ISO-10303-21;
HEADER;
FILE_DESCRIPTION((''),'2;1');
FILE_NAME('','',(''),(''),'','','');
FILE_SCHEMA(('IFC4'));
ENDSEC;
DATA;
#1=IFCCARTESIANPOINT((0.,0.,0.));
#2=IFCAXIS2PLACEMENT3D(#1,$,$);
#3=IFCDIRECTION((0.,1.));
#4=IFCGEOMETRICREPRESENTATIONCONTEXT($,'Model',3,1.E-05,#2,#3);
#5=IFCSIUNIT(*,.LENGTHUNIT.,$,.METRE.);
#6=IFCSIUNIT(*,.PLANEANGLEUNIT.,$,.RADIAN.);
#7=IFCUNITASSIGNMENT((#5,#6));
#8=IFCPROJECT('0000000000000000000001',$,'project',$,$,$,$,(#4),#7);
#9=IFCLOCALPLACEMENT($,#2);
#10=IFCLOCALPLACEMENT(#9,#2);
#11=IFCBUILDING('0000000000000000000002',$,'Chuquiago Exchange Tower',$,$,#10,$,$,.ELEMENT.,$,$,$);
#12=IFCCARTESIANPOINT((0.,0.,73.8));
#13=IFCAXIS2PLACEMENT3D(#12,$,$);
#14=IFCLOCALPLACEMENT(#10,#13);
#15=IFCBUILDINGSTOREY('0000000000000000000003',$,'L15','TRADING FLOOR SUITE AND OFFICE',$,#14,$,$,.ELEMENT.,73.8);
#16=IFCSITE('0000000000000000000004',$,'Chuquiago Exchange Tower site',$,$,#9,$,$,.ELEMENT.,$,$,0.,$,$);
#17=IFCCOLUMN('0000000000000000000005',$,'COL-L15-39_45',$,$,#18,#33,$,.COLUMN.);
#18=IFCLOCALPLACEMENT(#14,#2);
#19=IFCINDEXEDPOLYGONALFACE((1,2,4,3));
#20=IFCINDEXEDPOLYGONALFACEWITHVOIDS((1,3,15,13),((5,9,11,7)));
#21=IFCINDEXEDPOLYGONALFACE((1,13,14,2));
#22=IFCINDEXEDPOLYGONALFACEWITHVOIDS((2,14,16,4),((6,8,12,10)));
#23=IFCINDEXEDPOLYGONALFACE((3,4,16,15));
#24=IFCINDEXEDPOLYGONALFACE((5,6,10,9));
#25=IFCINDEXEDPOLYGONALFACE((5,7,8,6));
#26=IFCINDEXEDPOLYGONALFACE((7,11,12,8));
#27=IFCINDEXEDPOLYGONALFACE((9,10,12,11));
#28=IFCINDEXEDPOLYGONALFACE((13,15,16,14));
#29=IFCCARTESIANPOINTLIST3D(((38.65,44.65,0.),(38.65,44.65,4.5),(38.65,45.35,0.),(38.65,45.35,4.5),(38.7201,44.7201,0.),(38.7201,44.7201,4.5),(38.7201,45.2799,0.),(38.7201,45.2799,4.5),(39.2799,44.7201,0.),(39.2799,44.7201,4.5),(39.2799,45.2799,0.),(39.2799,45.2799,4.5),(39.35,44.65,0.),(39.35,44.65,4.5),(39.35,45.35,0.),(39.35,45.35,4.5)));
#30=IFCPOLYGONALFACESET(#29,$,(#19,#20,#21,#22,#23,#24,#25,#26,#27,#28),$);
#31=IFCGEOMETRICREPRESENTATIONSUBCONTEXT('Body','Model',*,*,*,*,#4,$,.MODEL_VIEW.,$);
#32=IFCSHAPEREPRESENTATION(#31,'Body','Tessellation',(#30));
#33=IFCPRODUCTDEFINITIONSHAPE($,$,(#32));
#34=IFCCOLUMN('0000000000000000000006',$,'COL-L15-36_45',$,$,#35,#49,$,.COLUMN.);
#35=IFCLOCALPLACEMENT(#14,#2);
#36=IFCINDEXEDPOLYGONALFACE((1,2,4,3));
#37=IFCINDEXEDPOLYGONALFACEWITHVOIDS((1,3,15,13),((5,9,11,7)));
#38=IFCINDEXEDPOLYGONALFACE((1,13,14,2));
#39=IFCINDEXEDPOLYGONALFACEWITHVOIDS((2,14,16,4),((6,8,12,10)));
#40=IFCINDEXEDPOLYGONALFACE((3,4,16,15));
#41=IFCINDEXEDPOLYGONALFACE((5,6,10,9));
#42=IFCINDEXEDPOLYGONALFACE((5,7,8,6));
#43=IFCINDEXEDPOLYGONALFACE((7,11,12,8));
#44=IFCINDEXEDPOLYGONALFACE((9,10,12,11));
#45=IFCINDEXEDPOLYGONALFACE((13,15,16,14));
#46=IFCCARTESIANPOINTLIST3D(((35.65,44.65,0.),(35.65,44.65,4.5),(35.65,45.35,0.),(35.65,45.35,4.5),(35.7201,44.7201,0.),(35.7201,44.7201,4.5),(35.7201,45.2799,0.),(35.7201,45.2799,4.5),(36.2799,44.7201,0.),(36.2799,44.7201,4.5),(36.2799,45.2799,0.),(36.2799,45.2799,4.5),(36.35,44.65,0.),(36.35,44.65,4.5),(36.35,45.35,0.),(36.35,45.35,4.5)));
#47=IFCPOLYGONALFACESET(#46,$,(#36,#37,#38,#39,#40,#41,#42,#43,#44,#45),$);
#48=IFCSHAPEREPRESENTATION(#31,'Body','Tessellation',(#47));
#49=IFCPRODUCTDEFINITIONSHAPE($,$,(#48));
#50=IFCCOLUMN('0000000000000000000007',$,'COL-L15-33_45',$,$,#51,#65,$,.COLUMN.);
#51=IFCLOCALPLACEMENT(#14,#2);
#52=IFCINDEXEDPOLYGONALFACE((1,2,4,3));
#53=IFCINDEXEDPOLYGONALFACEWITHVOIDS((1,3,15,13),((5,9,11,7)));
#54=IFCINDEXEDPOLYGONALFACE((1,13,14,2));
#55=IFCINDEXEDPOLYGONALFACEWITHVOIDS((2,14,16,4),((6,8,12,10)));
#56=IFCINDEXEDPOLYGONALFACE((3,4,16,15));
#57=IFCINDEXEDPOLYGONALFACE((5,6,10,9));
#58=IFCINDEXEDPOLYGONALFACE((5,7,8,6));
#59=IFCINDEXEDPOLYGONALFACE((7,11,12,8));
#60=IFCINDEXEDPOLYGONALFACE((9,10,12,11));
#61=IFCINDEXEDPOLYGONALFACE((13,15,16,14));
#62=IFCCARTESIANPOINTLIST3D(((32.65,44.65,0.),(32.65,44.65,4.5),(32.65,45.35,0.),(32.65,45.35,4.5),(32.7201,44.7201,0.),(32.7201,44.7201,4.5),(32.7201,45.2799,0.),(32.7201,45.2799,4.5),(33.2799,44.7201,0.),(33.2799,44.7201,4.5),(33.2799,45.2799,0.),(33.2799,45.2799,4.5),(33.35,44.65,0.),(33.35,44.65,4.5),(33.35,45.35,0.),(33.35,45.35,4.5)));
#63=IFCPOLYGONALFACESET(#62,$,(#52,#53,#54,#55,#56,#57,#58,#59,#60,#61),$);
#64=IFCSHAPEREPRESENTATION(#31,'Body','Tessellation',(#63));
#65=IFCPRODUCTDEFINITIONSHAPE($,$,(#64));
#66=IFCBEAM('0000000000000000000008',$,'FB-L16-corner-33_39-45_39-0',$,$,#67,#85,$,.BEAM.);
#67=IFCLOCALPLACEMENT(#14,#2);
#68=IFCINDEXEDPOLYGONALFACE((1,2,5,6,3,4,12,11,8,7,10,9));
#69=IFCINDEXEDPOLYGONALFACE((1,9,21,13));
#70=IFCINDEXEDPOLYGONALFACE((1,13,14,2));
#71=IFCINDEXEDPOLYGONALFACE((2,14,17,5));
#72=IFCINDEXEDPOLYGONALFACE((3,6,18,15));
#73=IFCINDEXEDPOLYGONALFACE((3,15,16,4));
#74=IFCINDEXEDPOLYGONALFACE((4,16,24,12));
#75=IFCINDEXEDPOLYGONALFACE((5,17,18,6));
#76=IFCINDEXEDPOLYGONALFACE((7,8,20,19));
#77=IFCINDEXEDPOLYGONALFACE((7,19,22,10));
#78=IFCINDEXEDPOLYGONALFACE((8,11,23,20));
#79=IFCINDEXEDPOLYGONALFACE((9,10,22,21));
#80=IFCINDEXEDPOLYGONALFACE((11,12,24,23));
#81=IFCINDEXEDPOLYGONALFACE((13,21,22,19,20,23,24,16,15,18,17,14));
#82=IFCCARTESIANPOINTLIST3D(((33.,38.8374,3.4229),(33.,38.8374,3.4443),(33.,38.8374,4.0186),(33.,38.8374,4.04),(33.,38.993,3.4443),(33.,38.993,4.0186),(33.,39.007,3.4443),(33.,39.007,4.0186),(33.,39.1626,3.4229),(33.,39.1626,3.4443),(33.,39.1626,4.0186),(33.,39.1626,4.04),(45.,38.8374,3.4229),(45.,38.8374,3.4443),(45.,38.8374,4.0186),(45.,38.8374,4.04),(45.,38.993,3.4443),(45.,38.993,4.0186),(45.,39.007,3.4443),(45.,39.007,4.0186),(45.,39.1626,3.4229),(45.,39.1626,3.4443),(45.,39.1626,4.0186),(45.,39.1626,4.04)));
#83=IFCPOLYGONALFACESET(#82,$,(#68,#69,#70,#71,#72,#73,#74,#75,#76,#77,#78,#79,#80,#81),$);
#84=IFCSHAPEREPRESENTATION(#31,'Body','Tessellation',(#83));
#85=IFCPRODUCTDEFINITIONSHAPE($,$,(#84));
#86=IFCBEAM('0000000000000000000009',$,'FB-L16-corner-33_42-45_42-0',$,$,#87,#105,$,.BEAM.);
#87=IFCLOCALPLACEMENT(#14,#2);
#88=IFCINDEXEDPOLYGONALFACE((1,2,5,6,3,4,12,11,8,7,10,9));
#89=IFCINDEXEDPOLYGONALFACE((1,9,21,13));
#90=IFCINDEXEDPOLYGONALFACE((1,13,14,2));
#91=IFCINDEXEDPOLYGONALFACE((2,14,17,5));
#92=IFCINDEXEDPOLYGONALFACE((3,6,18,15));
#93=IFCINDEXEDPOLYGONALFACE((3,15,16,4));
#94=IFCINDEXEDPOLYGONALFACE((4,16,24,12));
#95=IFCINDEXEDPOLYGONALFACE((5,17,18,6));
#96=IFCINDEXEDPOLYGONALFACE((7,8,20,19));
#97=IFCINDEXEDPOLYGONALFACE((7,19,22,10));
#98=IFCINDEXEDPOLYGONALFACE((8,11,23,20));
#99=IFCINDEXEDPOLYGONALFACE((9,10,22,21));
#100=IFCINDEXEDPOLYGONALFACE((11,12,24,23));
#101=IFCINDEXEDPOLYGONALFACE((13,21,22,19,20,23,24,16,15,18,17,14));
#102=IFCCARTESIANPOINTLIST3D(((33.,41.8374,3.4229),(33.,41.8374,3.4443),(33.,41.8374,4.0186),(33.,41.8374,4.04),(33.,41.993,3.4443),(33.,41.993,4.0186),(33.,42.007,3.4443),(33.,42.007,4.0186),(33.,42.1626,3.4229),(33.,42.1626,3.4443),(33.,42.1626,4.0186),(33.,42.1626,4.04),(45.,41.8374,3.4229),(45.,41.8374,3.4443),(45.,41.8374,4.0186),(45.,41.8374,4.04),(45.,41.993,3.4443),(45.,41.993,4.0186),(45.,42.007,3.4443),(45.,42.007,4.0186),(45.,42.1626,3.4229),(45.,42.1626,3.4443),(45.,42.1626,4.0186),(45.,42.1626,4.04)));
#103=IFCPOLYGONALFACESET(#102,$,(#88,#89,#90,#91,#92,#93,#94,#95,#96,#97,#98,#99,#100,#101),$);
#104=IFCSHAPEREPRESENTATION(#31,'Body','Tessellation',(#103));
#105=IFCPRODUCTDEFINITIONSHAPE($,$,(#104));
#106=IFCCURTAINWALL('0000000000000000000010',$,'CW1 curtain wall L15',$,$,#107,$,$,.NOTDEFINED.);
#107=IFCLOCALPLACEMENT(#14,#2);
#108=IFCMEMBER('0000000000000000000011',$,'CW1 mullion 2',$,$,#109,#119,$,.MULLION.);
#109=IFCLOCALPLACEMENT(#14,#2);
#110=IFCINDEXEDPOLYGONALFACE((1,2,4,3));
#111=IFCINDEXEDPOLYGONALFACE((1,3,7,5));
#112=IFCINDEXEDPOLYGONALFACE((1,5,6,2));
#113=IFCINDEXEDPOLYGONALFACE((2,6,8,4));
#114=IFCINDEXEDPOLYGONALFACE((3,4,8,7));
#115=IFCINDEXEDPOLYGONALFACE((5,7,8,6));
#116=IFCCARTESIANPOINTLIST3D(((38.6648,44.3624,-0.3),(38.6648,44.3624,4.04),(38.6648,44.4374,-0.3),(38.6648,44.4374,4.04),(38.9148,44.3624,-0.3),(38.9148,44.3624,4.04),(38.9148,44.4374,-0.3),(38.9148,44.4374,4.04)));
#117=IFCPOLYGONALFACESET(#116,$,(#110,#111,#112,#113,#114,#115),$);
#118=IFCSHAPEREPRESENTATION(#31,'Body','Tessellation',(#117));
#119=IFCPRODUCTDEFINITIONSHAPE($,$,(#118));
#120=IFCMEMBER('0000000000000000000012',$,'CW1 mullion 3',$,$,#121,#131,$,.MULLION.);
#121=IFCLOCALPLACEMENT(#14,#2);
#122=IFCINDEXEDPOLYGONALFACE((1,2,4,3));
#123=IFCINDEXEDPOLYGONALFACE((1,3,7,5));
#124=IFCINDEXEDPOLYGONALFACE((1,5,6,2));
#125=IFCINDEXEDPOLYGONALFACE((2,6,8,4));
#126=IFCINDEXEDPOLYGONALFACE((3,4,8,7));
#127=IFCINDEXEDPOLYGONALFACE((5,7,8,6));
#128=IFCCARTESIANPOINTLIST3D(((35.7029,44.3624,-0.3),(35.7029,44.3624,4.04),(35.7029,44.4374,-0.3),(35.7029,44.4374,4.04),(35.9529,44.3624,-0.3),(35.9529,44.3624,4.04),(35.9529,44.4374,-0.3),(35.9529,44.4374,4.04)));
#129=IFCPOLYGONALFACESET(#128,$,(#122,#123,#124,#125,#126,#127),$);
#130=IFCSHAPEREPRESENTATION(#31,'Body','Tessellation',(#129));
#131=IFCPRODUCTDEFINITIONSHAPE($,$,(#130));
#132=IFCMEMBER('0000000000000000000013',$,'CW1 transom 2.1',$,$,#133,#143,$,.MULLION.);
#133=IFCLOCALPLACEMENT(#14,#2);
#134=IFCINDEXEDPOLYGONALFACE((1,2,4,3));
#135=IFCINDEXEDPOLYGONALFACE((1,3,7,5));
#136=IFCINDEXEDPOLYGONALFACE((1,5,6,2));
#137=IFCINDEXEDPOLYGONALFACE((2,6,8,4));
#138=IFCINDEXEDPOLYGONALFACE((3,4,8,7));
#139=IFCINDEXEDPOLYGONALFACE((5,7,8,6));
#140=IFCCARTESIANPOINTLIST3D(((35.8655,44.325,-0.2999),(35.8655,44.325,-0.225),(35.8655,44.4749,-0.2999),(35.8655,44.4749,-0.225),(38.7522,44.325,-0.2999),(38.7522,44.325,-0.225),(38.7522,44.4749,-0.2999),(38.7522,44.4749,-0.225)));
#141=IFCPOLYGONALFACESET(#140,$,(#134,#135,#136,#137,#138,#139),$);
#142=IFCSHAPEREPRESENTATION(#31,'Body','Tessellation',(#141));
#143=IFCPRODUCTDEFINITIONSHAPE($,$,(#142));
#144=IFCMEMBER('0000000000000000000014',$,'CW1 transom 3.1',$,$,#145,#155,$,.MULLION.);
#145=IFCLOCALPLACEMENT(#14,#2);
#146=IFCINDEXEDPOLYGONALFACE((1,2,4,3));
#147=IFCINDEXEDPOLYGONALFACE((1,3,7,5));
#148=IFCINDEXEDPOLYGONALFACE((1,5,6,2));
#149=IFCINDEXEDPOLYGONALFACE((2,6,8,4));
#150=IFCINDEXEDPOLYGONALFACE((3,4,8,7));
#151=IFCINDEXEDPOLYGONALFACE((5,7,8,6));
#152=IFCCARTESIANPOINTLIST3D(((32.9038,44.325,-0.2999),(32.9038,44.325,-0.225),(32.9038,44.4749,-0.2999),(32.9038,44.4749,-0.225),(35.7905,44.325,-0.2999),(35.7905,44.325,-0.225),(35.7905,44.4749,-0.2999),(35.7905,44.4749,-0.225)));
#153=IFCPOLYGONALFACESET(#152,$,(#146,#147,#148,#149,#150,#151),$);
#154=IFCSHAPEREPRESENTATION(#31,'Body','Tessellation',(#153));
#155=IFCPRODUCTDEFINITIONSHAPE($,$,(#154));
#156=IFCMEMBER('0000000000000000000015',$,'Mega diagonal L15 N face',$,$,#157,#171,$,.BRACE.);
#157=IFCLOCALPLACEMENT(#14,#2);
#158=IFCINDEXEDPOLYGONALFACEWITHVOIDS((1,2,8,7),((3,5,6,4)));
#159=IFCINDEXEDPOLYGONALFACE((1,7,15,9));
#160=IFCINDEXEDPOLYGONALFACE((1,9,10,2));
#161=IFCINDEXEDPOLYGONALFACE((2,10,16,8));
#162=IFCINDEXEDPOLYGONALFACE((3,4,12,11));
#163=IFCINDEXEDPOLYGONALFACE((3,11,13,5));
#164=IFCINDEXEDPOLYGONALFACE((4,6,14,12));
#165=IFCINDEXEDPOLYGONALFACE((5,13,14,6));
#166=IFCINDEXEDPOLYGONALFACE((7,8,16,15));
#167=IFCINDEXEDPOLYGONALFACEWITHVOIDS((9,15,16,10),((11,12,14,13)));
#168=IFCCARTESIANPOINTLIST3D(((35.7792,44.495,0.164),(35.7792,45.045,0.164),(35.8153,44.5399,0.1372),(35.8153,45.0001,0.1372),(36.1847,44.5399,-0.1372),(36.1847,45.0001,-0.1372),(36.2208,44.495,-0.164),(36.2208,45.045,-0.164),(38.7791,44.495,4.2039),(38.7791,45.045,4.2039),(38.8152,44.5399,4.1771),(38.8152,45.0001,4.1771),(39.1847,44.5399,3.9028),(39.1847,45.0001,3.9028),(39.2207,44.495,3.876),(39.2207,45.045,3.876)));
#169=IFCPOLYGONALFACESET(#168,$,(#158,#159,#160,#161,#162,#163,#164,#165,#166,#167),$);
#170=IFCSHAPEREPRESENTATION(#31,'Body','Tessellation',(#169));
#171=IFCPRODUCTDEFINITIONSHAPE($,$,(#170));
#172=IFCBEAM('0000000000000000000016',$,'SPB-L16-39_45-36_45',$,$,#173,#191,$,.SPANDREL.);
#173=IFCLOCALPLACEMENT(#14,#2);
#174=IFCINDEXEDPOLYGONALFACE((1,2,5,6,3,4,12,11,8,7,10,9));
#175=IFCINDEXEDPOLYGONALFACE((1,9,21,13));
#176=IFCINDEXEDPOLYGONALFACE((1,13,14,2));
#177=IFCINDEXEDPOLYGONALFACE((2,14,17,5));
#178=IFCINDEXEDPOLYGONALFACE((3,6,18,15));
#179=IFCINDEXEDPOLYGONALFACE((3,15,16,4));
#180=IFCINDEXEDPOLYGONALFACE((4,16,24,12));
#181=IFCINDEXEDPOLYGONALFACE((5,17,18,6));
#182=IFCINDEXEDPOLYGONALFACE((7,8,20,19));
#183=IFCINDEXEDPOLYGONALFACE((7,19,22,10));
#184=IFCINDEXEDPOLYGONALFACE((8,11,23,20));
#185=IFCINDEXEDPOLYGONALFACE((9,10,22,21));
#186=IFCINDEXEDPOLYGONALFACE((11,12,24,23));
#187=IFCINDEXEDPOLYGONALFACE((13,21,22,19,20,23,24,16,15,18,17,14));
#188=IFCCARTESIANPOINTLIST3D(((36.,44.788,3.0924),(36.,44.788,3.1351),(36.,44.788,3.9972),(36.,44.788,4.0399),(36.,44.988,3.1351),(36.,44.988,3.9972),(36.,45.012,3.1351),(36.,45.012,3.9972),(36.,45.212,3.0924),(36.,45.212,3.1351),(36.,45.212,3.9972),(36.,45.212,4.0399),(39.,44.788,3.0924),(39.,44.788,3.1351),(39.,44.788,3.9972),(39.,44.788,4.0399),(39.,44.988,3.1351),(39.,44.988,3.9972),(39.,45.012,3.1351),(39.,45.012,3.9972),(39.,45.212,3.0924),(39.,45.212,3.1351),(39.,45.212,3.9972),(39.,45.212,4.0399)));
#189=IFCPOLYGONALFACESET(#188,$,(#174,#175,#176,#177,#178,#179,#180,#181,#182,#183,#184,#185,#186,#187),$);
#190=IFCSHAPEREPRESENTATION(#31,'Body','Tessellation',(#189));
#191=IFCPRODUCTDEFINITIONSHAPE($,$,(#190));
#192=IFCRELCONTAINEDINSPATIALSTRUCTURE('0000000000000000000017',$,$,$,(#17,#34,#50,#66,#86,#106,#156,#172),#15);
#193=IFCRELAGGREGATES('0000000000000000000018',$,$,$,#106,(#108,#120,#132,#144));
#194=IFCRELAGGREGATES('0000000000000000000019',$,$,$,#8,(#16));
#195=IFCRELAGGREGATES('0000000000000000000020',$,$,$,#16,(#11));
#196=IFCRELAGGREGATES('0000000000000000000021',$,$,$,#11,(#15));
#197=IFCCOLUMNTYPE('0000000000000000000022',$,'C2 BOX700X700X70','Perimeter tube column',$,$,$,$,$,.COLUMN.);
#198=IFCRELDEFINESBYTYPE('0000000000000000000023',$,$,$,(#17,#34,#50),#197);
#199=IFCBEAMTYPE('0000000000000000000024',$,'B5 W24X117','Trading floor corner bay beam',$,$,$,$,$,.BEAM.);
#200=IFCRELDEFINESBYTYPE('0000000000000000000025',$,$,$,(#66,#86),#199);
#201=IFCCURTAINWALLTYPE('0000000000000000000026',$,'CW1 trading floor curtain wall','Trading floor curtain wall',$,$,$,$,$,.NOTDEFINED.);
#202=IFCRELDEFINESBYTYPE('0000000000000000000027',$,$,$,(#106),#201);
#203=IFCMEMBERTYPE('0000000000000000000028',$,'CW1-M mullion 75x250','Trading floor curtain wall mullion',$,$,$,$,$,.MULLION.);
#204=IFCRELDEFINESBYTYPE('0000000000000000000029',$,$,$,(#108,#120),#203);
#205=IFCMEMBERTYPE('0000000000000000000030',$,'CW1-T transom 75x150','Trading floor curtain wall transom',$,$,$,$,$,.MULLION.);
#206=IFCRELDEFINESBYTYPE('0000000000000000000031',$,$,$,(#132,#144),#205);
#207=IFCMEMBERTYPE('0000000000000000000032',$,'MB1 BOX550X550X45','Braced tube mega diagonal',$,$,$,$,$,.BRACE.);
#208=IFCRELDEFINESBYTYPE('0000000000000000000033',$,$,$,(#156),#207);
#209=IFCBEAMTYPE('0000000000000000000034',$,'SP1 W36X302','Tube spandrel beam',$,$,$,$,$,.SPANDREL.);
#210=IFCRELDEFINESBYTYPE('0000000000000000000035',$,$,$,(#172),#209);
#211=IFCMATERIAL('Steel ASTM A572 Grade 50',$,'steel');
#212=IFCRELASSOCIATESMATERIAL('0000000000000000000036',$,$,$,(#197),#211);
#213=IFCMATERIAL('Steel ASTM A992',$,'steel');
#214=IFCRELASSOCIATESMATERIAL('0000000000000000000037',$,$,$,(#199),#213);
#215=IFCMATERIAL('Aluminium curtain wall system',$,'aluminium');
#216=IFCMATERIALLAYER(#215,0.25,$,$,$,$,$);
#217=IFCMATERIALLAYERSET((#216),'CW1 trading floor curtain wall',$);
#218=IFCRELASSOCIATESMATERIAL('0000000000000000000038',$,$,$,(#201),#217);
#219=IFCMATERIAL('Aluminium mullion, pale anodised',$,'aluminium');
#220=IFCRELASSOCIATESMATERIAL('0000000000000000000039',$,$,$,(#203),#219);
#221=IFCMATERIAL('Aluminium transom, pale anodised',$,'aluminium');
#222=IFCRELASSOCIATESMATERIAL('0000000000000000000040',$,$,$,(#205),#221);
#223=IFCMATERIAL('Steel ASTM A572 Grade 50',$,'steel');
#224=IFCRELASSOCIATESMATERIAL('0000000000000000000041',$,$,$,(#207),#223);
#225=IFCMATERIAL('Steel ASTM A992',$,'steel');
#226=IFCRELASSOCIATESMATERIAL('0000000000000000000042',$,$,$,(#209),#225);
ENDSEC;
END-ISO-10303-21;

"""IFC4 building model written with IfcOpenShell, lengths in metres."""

from ifc_helpers import new_model, si_unit, direction, frame, origin, origin_2d, place, context, subcontext, project, spatial, rectangle, hollow_rectangle, i_section, extrude, material, layer, layer_set, material_profile, profile_set, type_object, element, aggregate, save


model = new_model("IFC4")

# Units and contexts
model_context = context("Model", 3, precision=1e-05, world=origin(), true_north=direction((0.0, 1.0)))
body_context = subcontext(model_context, "Body", "Model", "MODEL_VIEW")
ifc_project = project(units=[si_unit("LENGTHUNIT", "METRE"), si_unit("PLANEANGLEUNIT", "RADIAN")], contexts=[model_context])

# Site, building, storey
site_placement = place(None, origin())
site = spatial("IfcSite", under=ifc_project, at=site_placement, Name="Chuquiago Exchange Tower site", CompositionType="ELEMENT", RefElevation=0.0)
building_placement = place(site_placement, origin())
building = spatial("IfcBuilding", under=site, at=building_placement, Name="Chuquiago Exchange Tower", CompositionType="ELEMENT")
storey_placement = place(building_placement, frame((0.0, 0.0, 73.8)))
storey = spatial("IfcBuildingStorey", under=building, at=storey_placement, Name="L15", Description="TRADING FLOOR SUITE AND OFFICE", CompositionType="ELEMENT", Elevation=73.8)

# Columns
ifc_material_1 = material(Name="Steel ASTM A572 Grade 50", Category="steel")
ifc_material_profile_1 = material_profile(ifc_material_1, hollow_rectangle(XDim=0.7, YDim=0.7, WallThickness=0.0701, at=origin_2d()), Name="BOX700X700X70")
ifc_profile_set_1 = profile_set([ifc_material_profile_1], Name="Steel ASTM A572 Grade 50")
column_type = type_object("IfcColumnType", Name="C2 BOX700X700X70", Description="Perimeter tube column", PredefinedType="COLUMN", material=ifc_profile_set_1)
for number, where, z_axis, x_axis, name in (
    (1, (39.0, 45.0, 0.0), (0.0, 0.0, 1.0), (0.0, 1.0, 0.0), "COL-L15-39_45"),
    (2, (36.0, 45.0, 0.0), (0.0, 0.0, 1.0), (0.0, 1.0, 0.0), "COL-L15-36_45"),
    (3, (33.0, 45.0, 0.0), (0.0, 0.0, 1.0), (0.0, 1.0, 0.0), "COL-L15-33_45"),
):
    element("IfcColumn", number, at=place(storey_placement, frame(where, z_axis=z_axis, x_axis=x_axis)), inside=storey, type_object=column_type, Name=name, PredefinedType="COLUMN", context=body_context, shape_type="SweptSolid", body=[
        extrude(hollow_rectangle(XDim=0.7, YDim=0.7, WallThickness=0.0701, at=origin_2d()), origin(), (0.0, 0.0, 1.0), 4.5),
    ])

# Beams
ifc_material_2 = material(Name="Steel ASTM A992", Category="steel")
ifc_material_profile_2 = material_profile(ifc_material_2, i_section(OverallWidth=0.3252, OverallDepth=0.6172, WebThickness=0.0139, FlangeThickness=0.0215, at=origin_2d()), Name="W24X117")
ifc_profile_set_2 = profile_set([ifc_material_profile_2], Name="Steel ASTM A992")
beam_type_1 = type_object("IfcBeamType", Name="B5 W24X117", Description="Trading floor corner bay beam", PredefinedType="BEAM", material=ifc_profile_set_2)
for number, where, z_axis, x_axis, name in (
    (4, (33.0, 39.0, 3.7314), (1.0, 0.0, 0.0), (0.0, 1.0, 0.0), "FB-L16-corner-33_39-45_39-0"),
    (5, (33.0, 42.0, 3.7314), (1.0, 0.0, 0.0), (0.0, 1.0, 0.0), "FB-L16-corner-33_42-45_42-0"),
):
    element("IfcBeam", number, at=place(storey_placement, frame(where, z_axis=z_axis, x_axis=x_axis)), inside=storey, type_object=beam_type_1, Name=name, PredefinedType="BEAM", context=body_context, shape_type="SweptSolid", body=[
        extrude(i_section(OverallWidth=0.3252, OverallDepth=0.6172, WebThickness=0.0139, FlangeThickness=0.0215, at=origin_2d()), origin(), (0.0, 0.0, 1.0), 12.0),
    ])

# Curtain wall, members
ifc_material_3 = material(Name="Aluminium curtain wall system", Category="aluminium")
ifc_layer_1 = layer(ifc_material_3, 0.25)
ifc_layer_set_1 = layer_set([ifc_layer_1], Name="CW1 trading floor curtain wall")
curtain_wall_type = type_object("IfcCurtainWallType", Name="CW1 trading floor curtain wall", Description="Trading floor curtain wall", PredefinedType="NOTDEFINED", material=ifc_layer_set_1)
curtain_wall_placement = place(storey_placement, origin())
curtain_wall = element("IfcCurtainWall", 6, at=curtain_wall_placement, inside=storey, type_object=curtain_wall_type, Name="CW1 curtain wall L15", PredefinedType="NOTDEFINED")
ifc_material_4 = material(Name="Aluminium mullion, pale anodised", Category="aluminium")
ifc_material_profile_3 = material_profile(ifc_material_4, rectangle(XDim=0.075, YDim=0.25, at=origin_2d()), Name="AL 75x250")
ifc_profile_set_3 = profile_set([ifc_material_profile_3], Name="Aluminium mullion, pale anodised")
member_type_1 = type_object("IfcMemberType", Name="CW1-M mullion 75x250", Description="Trading floor curtain wall mullion", PredefinedType="MULLION", material=ifc_profile_set_3)
member_1_placement = place(storey_placement, frame((38.7898, 44.3999, -0.3), z_axis=(0.0, 0.0, 1.0), x_axis=(0.0, -1.0, 0.0)))
member_1 = element("IfcMember", 7, at=member_1_placement, type_object=member_type_1, Name="CW1 mullion 2", PredefinedType="MULLION", context=body_context, shape_type="SweptSolid", body=[
    extrude(rectangle(XDim=0.075, YDim=0.25, at=origin_2d()), origin(), (0.0, 0.0, 1.0), 4.3401),
])
member_2_placement = place(storey_placement, frame((35.8279, 44.3999, -0.3), z_axis=(0.0, 0.0, 1.0), x_axis=(0.0, -1.0, 0.0)))
member_2 = element("IfcMember", 8, at=member_2_placement, type_object=member_type_1, Name="CW1 mullion 3", PredefinedType="MULLION", context=body_context, shape_type="SweptSolid", body=[
    extrude(rectangle(XDim=0.075, YDim=0.25, at=origin_2d()), origin(), (0.0, 0.0, 1.0), 4.3401),
])
ifc_material_5 = material(Name="Aluminium transom, pale anodised", Category="aluminium")
ifc_material_profile_4 = material_profile(ifc_material_5, rectangle(XDim=0.1499, YDim=0.075, at=origin_2d()), Name="AL 150x75")
ifc_profile_set_4 = profile_set([ifc_material_profile_4], Name="Aluminium transom, pale anodised")
member_type_2 = type_object("IfcMemberType", Name="CW1-T transom 75x150", Description="Trading floor curtain wall transom", PredefinedType="MULLION", material=ifc_profile_set_4)
member_3_placement = place(storey_placement, frame((38.7522, 44.3999, -0.2625), z_axis=(-1.0, 0.0, 0.0), x_axis=(0.0, -1.0, 0.0)))
member_3 = element("IfcMember", 9, at=member_3_placement, type_object=member_type_2, Name="CW1 transom 2.1", PredefinedType="MULLION", context=body_context, shape_type="SweptSolid", body=[
    extrude(rectangle(XDim=0.1499, YDim=0.075, at=origin_2d()), origin(), (0.0, 0.0, 1.0), 2.8867),
])
member_4_placement = place(storey_placement, frame((35.7905, 44.3999, -0.2625), z_axis=(-1.0, 0.0, 0.0), x_axis=(0.0, -1.0, 0.0)))
member_4 = element("IfcMember", 10, at=member_4_placement, type_object=member_type_2, Name="CW1 transom 3.1", PredefinedType="MULLION", context=body_context, shape_type="SweptSolid", body=[
    extrude(rectangle(XDim=0.1499, YDim=0.075, at=origin_2d()), origin(), (0.0, 0.0, 1.0), 2.8867),
])

# Member
ifc_material_6 = material(Name="Steel ASTM A572 Grade 50", Category="steel")
ifc_material_profile_5 = material_profile(ifc_material_6, hollow_rectangle(XDim=0.55, YDim=0.55, WallThickness=0.0449, at=origin_2d()), Name="BOX550X550X45")
ifc_profile_set_5 = profile_set([ifc_material_profile_5], Name="Steel ASTM A572 Grade 50")
member_type_3 = type_object("IfcMemberType", Name="MB1 BOX550X550X45", Description="Braced tube mega diagonal", PredefinedType="BRACE", material=ifc_profile_set_5)
member_5_placement = place(storey_placement, frame((36.0, 44.77, 0.0), z_axis=(0.596174, 0.0, 0.802855), x_axis=(0.0, 1.0, 0.0)))
element("IfcMember", 11, at=member_5_placement, inside=storey, type_object=member_type_3, Name="Mega diagonal L15 N face", PredefinedType="BRACE", context=body_context, shape_type="SweptSolid", body=[
    extrude(hollow_rectangle(XDim=0.55, YDim=0.55, WallThickness=0.0449, at=origin_2d()), origin(), (0.0, 0.0, 1.0), 5.032),
])

# Beam
ifc_material_7 = material(Name="Steel ASTM A992", Category="steel")
ifc_material_profile_6 = material_profile(ifc_material_7, i_section(OverallWidth=0.4241, OverallDepth=0.9475, WebThickness=0.0239, FlangeThickness=0.0427, at=origin_2d()), Name="W36X302")
ifc_profile_set_6 = profile_set([ifc_material_profile_6], Name="Steel ASTM A992")
beam_type_2 = type_object("IfcBeamType", Name="SP1 W36X302", Description="Tube spandrel beam", PredefinedType="SPANDREL", material=ifc_profile_set_6)
for number, where, z_axis, x_axis, name in (
    (12, (39.0, 45.0, 3.5662), (-1.0, 0.0, 0.0), (0.0, -1.0, 0.0), "SPB-L16-39_45-36_45"),
):
    element("IfcBeam", number, at=place(storey_placement, frame(where, z_axis=z_axis, x_axis=x_axis)), inside=storey, type_object=beam_type_2, Name=name, PredefinedType="SPANDREL", context=body_context, shape_type="SweptSolid", body=[
        extrude(i_section(OverallWidth=0.4241, OverallDepth=0.9475, WebThickness=0.0239, FlangeThickness=0.0427, at=origin_2d()), origin(), (0.0, 0.0, 1.0), 3.0),
    ])

aggregate(curtain_wall, [member_1, member_2, member_3, member_4])

save(model, "model.ifc")
